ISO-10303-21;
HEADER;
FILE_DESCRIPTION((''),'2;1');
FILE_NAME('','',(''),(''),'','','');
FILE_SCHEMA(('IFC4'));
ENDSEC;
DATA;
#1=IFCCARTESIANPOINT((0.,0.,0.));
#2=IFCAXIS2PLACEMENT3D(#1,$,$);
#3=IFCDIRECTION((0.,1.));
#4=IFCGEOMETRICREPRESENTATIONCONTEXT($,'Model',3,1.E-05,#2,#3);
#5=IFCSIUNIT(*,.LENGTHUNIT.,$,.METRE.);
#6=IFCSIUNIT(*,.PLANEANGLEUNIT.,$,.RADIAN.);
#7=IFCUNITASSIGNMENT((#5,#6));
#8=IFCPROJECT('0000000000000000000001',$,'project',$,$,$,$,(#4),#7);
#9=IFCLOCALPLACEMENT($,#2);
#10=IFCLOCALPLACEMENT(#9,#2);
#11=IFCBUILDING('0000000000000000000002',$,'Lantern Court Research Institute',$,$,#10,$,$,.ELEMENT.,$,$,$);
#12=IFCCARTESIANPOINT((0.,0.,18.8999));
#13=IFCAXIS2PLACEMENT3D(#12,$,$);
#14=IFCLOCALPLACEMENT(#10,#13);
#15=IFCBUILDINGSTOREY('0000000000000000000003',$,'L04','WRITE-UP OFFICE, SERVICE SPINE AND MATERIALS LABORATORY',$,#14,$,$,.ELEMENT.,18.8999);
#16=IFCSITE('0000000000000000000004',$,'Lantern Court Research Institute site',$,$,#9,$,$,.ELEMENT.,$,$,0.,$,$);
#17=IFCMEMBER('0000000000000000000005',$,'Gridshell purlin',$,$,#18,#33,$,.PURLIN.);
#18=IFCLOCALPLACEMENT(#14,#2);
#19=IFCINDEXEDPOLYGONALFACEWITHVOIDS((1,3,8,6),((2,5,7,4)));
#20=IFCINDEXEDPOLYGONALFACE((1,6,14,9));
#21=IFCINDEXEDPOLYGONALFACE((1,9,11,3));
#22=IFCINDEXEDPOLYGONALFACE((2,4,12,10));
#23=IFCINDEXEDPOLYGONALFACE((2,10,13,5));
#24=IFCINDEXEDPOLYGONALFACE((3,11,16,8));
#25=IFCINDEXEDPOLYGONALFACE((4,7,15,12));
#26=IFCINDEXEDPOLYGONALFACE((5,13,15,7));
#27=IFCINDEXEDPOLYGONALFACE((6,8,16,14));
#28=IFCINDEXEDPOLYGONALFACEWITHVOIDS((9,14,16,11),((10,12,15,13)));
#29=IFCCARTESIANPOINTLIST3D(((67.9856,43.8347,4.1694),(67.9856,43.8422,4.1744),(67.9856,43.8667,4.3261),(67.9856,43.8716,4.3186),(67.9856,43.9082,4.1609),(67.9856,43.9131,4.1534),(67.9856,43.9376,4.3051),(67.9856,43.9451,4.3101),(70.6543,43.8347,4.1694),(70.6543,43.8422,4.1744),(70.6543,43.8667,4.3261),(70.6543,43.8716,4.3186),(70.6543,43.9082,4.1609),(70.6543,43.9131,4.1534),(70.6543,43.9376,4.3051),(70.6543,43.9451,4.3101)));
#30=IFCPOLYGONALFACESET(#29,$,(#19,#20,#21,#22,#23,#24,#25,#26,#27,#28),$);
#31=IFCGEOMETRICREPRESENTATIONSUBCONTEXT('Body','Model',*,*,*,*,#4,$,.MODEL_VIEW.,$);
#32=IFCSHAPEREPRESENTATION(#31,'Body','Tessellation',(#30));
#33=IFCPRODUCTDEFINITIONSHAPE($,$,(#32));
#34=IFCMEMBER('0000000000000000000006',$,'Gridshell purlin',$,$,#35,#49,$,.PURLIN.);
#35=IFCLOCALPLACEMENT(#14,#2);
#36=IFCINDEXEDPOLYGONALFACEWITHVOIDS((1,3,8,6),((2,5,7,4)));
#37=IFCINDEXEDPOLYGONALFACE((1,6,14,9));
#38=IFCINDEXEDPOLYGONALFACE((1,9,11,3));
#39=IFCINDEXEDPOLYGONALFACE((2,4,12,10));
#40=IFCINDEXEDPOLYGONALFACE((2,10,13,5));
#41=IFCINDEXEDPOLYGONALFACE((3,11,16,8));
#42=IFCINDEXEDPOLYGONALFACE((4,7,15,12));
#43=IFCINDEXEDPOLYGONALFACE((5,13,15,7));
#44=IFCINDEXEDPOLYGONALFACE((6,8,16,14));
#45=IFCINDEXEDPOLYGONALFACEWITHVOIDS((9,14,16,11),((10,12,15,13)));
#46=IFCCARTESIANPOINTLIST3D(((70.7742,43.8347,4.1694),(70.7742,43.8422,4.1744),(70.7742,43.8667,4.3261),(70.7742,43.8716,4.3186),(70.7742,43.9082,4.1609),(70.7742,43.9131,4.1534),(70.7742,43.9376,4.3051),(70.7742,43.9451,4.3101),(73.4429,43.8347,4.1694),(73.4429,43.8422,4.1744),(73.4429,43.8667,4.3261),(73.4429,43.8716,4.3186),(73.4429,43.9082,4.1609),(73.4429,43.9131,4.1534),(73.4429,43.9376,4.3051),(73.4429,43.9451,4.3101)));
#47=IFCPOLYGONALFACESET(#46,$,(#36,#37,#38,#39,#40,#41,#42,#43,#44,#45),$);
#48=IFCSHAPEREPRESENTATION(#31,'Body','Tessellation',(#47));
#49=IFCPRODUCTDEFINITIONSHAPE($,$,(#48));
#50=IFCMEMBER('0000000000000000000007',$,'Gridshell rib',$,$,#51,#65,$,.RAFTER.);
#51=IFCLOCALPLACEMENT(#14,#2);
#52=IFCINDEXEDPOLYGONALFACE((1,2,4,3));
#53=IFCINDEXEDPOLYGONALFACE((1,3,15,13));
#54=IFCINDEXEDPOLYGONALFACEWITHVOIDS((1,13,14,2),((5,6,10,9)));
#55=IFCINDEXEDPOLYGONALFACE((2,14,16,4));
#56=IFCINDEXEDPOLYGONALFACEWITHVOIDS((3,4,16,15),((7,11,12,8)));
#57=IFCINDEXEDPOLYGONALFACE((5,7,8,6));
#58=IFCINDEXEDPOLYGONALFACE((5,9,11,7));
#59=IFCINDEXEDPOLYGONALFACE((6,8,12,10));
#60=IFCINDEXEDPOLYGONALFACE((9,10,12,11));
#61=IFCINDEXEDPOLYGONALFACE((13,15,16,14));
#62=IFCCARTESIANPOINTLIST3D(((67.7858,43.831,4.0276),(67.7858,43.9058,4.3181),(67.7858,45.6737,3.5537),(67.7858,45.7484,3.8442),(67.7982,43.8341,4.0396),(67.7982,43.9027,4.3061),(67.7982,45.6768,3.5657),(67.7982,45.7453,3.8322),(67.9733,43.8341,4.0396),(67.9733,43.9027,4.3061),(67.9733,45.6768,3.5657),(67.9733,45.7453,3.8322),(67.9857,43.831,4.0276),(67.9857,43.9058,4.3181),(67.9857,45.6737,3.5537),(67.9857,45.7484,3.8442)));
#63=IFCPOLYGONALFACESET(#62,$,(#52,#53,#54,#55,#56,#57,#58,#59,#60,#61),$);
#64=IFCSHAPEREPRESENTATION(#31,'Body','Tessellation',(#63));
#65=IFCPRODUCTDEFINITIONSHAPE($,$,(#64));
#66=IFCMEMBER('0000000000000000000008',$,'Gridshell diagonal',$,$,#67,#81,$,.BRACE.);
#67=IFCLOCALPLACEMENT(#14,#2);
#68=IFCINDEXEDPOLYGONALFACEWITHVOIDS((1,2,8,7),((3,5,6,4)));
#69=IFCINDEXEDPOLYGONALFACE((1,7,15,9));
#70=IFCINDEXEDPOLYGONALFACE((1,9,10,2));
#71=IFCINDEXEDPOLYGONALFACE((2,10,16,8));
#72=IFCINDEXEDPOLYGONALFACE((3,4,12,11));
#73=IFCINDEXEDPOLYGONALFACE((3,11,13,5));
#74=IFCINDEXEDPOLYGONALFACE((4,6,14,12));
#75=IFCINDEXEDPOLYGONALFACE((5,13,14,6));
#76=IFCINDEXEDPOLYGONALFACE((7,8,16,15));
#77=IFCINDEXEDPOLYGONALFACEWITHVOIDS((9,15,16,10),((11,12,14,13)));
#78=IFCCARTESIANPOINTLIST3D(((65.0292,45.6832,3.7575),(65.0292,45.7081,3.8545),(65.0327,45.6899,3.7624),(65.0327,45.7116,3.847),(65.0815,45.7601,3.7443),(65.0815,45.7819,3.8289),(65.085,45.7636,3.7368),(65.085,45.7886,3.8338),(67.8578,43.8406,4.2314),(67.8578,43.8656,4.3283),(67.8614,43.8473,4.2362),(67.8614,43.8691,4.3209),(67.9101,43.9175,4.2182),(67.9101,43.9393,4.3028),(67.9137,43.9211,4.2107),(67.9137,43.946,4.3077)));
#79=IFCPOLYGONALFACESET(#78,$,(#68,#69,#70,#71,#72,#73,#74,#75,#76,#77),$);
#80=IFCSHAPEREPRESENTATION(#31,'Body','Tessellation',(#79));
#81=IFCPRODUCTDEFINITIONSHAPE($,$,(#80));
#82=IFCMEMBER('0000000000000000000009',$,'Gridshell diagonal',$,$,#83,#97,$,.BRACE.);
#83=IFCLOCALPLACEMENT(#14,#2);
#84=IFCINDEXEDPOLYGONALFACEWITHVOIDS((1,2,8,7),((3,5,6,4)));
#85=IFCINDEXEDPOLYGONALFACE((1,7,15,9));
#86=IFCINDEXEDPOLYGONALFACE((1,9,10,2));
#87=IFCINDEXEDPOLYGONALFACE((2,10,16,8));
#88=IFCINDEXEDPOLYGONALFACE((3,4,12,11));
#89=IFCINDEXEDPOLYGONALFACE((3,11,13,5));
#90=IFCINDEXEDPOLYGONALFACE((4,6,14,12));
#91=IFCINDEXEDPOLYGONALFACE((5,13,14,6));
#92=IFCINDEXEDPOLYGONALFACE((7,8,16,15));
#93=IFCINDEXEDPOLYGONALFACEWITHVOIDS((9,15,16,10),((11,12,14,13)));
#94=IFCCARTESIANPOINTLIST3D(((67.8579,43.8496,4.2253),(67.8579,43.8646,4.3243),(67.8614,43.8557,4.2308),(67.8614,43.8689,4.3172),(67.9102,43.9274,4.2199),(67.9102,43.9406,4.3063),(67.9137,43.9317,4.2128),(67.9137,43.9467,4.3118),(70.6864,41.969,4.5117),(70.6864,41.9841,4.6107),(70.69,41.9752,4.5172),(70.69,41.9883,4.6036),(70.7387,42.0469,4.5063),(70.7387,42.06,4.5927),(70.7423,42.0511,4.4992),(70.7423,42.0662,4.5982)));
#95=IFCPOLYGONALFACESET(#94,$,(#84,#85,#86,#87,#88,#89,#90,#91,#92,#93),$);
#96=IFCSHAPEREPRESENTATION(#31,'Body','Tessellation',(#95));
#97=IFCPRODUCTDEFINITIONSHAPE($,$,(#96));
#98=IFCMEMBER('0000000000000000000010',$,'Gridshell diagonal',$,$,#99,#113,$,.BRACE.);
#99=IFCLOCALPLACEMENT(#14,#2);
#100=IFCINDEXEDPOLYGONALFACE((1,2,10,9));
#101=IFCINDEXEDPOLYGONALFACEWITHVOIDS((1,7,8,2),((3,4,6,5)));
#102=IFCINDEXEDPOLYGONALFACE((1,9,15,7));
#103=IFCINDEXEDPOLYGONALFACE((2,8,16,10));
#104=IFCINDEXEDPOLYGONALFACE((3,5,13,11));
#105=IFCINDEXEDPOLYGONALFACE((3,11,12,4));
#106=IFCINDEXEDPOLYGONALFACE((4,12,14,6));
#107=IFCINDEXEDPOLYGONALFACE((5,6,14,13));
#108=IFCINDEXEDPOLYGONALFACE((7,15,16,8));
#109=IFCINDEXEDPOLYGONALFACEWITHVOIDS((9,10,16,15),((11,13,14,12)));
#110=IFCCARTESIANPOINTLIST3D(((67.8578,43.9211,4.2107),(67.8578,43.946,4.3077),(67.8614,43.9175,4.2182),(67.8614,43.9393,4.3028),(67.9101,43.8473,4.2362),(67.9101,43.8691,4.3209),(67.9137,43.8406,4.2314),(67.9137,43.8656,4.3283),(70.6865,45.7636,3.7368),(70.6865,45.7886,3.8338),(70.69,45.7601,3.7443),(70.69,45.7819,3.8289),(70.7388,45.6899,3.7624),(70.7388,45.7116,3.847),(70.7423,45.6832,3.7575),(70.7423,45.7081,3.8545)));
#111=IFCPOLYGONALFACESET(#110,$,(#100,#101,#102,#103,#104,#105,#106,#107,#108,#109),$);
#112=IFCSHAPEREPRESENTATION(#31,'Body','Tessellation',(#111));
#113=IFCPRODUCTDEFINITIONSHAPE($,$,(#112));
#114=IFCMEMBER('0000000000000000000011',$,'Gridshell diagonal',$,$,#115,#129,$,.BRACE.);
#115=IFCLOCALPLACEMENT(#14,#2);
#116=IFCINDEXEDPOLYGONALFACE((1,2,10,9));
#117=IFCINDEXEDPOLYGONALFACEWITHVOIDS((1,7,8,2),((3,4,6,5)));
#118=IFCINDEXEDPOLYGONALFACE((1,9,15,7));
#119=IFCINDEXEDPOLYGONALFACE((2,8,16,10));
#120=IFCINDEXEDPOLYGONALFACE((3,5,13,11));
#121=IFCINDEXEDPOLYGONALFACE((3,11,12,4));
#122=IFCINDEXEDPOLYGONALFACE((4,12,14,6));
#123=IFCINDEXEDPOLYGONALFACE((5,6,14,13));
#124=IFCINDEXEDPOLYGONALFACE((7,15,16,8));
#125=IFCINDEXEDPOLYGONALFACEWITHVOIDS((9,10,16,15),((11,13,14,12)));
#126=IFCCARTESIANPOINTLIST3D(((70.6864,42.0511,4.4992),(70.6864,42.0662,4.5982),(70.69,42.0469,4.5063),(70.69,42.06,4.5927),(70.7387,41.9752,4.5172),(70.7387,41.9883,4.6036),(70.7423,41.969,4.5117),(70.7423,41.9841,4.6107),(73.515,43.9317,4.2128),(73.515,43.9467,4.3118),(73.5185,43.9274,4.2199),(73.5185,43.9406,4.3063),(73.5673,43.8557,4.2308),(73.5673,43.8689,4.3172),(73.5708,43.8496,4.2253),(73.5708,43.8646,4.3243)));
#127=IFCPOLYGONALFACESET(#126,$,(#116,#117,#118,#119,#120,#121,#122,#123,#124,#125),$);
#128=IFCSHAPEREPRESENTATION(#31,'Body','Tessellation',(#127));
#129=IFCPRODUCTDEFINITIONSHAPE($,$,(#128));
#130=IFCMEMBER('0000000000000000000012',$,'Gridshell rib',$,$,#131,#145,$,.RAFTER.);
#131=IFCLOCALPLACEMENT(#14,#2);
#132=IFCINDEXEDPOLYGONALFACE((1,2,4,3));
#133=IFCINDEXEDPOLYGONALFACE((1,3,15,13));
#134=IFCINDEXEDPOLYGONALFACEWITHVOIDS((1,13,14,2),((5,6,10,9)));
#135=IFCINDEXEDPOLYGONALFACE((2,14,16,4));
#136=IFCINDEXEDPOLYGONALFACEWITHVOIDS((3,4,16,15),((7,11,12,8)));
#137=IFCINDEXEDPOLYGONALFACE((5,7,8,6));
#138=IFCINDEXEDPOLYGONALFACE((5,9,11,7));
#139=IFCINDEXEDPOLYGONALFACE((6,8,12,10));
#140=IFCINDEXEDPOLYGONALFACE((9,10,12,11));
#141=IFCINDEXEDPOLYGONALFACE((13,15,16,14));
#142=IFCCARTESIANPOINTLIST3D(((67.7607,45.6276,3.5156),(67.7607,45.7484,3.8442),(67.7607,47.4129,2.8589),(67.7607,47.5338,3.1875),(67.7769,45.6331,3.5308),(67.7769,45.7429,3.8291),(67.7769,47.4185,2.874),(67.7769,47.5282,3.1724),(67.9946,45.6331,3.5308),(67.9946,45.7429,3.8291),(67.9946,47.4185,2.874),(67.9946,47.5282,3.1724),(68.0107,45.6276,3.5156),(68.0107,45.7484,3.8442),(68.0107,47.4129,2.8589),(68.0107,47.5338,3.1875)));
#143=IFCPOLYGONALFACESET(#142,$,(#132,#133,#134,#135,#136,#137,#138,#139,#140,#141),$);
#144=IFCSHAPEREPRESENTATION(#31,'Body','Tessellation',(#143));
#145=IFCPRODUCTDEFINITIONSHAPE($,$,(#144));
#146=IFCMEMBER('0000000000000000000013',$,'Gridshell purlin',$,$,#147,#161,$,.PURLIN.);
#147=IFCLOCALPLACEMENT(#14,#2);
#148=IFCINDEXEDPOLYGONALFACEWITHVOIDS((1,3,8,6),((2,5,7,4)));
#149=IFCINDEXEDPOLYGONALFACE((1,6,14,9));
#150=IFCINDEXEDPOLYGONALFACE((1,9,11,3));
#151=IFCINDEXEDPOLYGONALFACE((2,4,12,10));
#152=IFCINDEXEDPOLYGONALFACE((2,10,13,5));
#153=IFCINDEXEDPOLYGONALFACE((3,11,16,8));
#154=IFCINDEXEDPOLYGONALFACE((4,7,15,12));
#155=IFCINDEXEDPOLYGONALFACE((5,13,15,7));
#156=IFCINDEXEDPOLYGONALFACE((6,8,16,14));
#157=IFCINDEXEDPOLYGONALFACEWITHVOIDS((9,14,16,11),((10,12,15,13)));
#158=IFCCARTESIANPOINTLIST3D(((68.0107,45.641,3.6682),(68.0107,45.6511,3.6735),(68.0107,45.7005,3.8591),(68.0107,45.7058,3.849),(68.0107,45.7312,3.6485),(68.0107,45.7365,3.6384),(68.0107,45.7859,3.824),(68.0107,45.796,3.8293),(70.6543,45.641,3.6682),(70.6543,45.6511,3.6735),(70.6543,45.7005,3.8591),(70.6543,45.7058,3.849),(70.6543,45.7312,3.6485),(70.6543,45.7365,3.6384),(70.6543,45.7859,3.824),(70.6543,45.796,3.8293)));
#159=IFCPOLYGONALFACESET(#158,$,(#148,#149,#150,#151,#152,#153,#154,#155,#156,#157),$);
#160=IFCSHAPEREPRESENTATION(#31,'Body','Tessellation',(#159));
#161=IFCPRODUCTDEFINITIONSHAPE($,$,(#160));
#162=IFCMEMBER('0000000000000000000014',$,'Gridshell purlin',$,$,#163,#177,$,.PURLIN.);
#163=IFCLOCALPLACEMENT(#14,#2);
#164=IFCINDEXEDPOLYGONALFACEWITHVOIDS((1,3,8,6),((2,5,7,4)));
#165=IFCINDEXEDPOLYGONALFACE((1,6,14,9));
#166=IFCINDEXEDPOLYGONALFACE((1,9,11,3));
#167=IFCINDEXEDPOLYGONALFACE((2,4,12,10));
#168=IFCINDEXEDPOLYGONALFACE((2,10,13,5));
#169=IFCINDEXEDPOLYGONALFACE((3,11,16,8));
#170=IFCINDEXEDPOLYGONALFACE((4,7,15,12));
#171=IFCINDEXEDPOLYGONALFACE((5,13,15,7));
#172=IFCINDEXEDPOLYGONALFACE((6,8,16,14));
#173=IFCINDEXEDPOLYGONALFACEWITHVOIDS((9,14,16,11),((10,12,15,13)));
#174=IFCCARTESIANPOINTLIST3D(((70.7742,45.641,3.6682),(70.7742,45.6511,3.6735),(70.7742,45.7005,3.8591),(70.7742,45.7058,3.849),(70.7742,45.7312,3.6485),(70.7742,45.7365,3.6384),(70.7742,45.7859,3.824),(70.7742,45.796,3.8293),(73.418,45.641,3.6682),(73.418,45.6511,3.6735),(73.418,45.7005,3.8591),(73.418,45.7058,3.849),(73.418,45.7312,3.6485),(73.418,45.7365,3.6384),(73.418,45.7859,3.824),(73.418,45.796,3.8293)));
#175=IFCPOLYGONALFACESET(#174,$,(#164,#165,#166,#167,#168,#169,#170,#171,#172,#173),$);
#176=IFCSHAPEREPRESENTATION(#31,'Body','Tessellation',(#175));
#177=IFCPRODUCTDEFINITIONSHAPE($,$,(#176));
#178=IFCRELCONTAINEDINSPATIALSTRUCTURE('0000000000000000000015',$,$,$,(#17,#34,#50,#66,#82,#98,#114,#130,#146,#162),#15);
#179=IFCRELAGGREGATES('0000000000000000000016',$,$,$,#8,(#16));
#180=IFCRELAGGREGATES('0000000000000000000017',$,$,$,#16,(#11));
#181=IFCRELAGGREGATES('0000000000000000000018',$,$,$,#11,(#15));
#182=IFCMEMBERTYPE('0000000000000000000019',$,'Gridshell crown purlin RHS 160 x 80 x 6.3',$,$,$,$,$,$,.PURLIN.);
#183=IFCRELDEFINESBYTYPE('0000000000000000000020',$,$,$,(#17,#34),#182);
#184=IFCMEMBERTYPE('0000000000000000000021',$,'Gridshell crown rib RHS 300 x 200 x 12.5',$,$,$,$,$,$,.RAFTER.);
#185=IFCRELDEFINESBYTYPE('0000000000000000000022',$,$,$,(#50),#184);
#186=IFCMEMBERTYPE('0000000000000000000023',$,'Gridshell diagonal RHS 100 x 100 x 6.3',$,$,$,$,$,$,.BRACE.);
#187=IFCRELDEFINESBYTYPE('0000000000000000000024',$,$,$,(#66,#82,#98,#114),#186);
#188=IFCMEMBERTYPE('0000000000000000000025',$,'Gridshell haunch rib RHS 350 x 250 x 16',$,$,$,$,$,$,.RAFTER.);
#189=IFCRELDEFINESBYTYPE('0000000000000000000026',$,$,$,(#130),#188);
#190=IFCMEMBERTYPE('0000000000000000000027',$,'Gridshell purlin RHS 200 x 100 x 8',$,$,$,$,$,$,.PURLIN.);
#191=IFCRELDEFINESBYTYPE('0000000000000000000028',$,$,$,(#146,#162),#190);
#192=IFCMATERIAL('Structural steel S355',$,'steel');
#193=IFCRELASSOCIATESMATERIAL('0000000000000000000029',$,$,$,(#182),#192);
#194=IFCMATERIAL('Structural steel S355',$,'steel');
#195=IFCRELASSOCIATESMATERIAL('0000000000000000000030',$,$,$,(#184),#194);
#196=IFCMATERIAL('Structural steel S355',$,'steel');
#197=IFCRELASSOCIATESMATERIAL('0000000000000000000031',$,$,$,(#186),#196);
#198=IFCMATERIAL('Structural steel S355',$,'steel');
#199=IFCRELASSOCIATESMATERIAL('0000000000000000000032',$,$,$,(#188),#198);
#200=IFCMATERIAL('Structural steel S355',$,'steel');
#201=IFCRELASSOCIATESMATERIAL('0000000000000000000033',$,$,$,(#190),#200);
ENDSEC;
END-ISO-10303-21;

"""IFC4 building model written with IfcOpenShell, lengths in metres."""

from ifc_helpers import new_model, si_unit, direction, frame, origin, origin_2d, place, context, subcontext, project, spatial, hollow_rectangle, extrude, material, material_profile, profile_set, type_object, element, save


model = new_model("IFC4")

# Units and contexts
model_context = context("Model", 3, precision=1e-05, world=origin(), true_north=direction((0.0, 1.0)))
body_context = subcontext(model_context, "Body", "Model", "MODEL_VIEW")
ifc_project = project(units=[si_unit("LENGTHUNIT", "METRE"), si_unit("PLANEANGLEUNIT", "RADIAN")], contexts=[model_context])

# Site, building, storey
site_placement = place(None, origin())
site = spatial("IfcSite", under=ifc_project, at=site_placement, Name="Lantern Court Research Institute site", CompositionType="ELEMENT", RefElevation=0.0)
building_placement = place(site_placement, origin())
building = spatial("IfcBuilding", under=site, at=building_placement, Name="Lantern Court Research Institute", CompositionType="ELEMENT")
storey_placement = place(building_placement, frame((0.0, 0.0, 18.8999)))
storey = spatial("IfcBuildingStorey", under=building, at=storey_placement, Name="L04", Description="WRITE-UP OFFICE, SERVICE SPINE AND MATERIALS LABORATORY", CompositionType="ELEMENT", Elevation=18.8999)

# Members
ifc_material_1 = material(Name="Structural steel S355", Category="steel")
ifc_material_profile_1 = material_profile(ifc_material_1, hollow_rectangle(XDim=0.0801, YDim=0.1599, WallThickness=0.0063, at=origin_2d()), Name="Gridshell crown purlin RHS 160 x 80 x 6.3")
ifc_profile_set_1 = profile_set([ifc_material_profile_1], Name="Structural steel S355")
member_type_1 = type_object("IfcMemberType", Name="Gridshell crown purlin RHS 160 x 80 x 6.3", PredefinedType="PURLIN", material=ifc_profile_set_1)
for number, where, z_axis, x_axis, name in (
    (1, (67.9856, 43.8899, 4.2397), (1.0, 0.0, 0.0), (0.0, 0.979787, -0.200043), "Gridshell purlin"),
    (2, (70.7742, 43.8899, 4.2397), (1.0, 0.0, 0.0), (0.0, 0.979787, -0.200043), "Gridshell purlin"),
):
    element("IfcMember", number, at=place(storey_placement, frame(where, z_axis=z_axis, x_axis=x_axis)), inside=storey, type_object=member_type_1, Name=name, PredefinedType="PURLIN", context=body_context, shape_type="SweptSolid", body=[
        extrude(hollow_rectangle(XDim=0.0801, YDim=0.1599, WallThickness=0.0063, at=origin_2d()), origin(), (0.0, 0.0, 1.0), 2.6687),
    ])
ifc_material_2 = material(Name="Structural steel S355", Category="steel")
ifc_material_profile_2 = material_profile(ifc_material_2, hollow_rectangle(XDim=0.2, YDim=0.3, WallThickness=0.0125, at=origin_2d()), Name="Gridshell crown rib RHS 300 x 200 x 12.5")
ifc_profile_set_2 = profile_set([ifc_material_profile_2], Name="Structural steel S355")
member_type_2 = type_object("IfcMemberType", Name="Gridshell crown rib RHS 300 x 200 x 12.5", PredefinedType="RAFTER", material=ifc_profile_set_2)
member_1_placement = place(storey_placement, frame((67.8857, 43.8684, 4.1729), z_axis=(0.0, 0.968482, -0.249082), x_axis=(-1.0, 0.0, 0.0)))
element("IfcMember", 3, at=member_1_placement, inside=storey, type_object=member_type_2, Name="Gridshell rib", PredefinedType="RAFTER", context=body_context, shape_type="SweptSolid", body=[
    extrude(hollow_rectangle(XDim=0.2, YDim=0.3, WallThickness=0.0125, at=origin_2d()), origin(), (0.0, 0.0, 1.0), 1.9026),
])
ifc_material_3 = material(Name="Structural steel S355", Category="steel")
ifc_material_profile_3 = material_profile(ifc_material_3, hollow_rectangle(XDim=0.1001, YDim=0.1001, WallThickness=0.0063, at=origin_2d()), Name="Gridshell diagonal RHS 100 x 100 x 6.3")
ifc_profile_set_3 = profile_set([ifc_material_profile_3], Name="Structural steel S355")
member_type_3 = type_object("IfcMemberType", Name="Gridshell diagonal RHS 100 x 100 x 6.3", PredefinedType="BRACE", material=ifc_profile_set_3)
member_2_placement = place(storey_placement, frame((67.8857, 43.8933, 4.2695), z_axis=(-0.829776, 0.540507, -0.139012), x_axis=(-0.558097, -0.803619, 0.206699)))
element("IfcMember", 4, at=member_2_placement, inside=storey, type_object=member_type_3, Name="Gridshell diagonal", PredefinedType="BRACE", context=body_context, shape_type="SweptSolid", body=[
    extrude(hollow_rectangle(XDim=0.1001, YDim=0.1001, WallThickness=0.0063, at=origin_2d()), origin(), (0.0, 0.0, 1.0), 3.4089),
])
member_3_placement = place(storey_placement, frame((70.7144, 42.0176, 4.5549), z_axis=(-0.829802, 0.551698, -0.084012), x_axis=(-0.558057, -0.820354, 0.124863)))
element("IfcMember", 5, at=member_3_placement, inside=storey, type_object=member_type_3, Name="Gridshell diagonal", PredefinedType="BRACE", context=body_context, shape_type="SweptSolid", body=[
    extrude(hollow_rectangle(XDim=0.1001, YDim=0.1001, WallThickness=0.0063, at=origin_2d()), origin(), (0.0, 0.0, 1.0), 3.4087),
])
member_4_placement = place(storey_placement, frame((67.8857, 43.8933, 4.2695), z_axis=(0.829776, 0.540507, -0.139012), x_axis=(-0.558097, 0.803619, -0.206699)))
element("IfcMember", 6, at=member_4_placement, inside=storey, type_object=member_type_3, Name="Gridshell diagonal", PredefinedType="BRACE", context=body_context, shape_type="SweptSolid", body=[
    extrude(hollow_rectangle(XDim=0.1001, YDim=0.1001, WallThickness=0.0063, at=origin_2d()), origin(), (0.0, 0.0, 1.0), 3.4089),
])
member_5_placement = place(storey_placement, frame((70.7144, 42.0176, 4.5549), z_axis=(0.829802, 0.551698, -0.084012), x_axis=(-0.558057, 0.820354, -0.124863)))
element("IfcMember", 7, at=member_5_placement, inside=storey, type_object=member_type_3, Name="Gridshell diagonal", PredefinedType="BRACE", context=body_context, shape_type="SweptSolid", body=[
    extrude(hollow_rectangle(XDim=0.1001, YDim=0.1001, WallThickness=0.0063, at=origin_2d()), origin(), (0.0, 0.0, 1.0), 3.4087),
])
ifc_material_4 = material(Name="Structural steel S355", Category="steel")
ifc_material_profile_4 = material_profile(ifc_material_4, hollow_rectangle(XDim=0.25, YDim=0.3501, WallThickness=0.0161, at=origin_2d()), Name="Gridshell haunch rib RHS 350 x 250 x 16")
ifc_profile_set_4 = profile_set([ifc_material_profile_4], Name="Structural steel S355")
member_type_4 = type_object("IfcMemberType", Name="Gridshell haunch rib RHS 350 x 250 x 16", PredefinedType="RAFTER", material=ifc_profile_set_4)
member_6_placement = place(storey_placement, frame((67.8857, 45.688, 3.6799), z_axis=(0.0, 0.93852, -0.345224), x_axis=(-1.0, 0.0, 0.0)))
element("IfcMember", 8, at=member_6_placement, inside=storey, type_object=member_type_4, Name="Gridshell rib", PredefinedType="RAFTER", context=body_context, shape_type="SweptSolid", body=[
    extrude(hollow_rectangle(XDim=0.25, YDim=0.3501, WallThickness=0.0161, at=origin_2d()), origin(), (0.0, 0.0, 1.0), 1.9023),
])
ifc_material_5 = material(Name="Structural steel S355", Category="steel")
ifc_material_profile_5 = material_profile(ifc_material_5, hollow_rectangle(XDim=0.1001, YDim=0.2, WallThickness=0.0081, at=origin_2d()), Name="Gridshell purlin RHS 200 x 100 x 8")
ifc_profile_set_5 = profile_set([ifc_material_profile_5], Name="Structural steel S355")
member_type_5 = type_object("IfcMemberType", Name="Gridshell purlin RHS 200 x 100 x 8", PredefinedType="PURLIN", material=ifc_profile_set_5)
member_7_placement = place(storey_placement, frame((68.0107, 45.7185, 3.7488), z_axis=(1.0, 0.0, 0.0), x_axis=(0.0, 0.954713, -0.297528)))
element("IfcMember", 9, at=member_7_placement, inside=storey, type_object=member_type_5, Name="Gridshell purlin", PredefinedType="PURLIN", context=body_context, shape_type="SweptSolid", body=[
    extrude(hollow_rectangle(XDim=0.1001, YDim=0.2, WallThickness=0.0081, at=origin_2d()), origin(), (0.0, 0.0, 1.0), 2.6436),
])
member_8_placement = place(storey_placement, frame((70.7742, 45.7185, 3.7488), z_axis=(1.0, 0.0, 0.0), x_axis=(0.0, 0.954713, -0.297528)))
element("IfcMember", 10, at=member_8_placement, inside=storey, type_object=member_type_5, Name="Gridshell purlin", PredefinedType="PURLIN", context=body_context, shape_type="SweptSolid", body=[
    extrude(hollow_rectangle(XDim=0.1001, YDim=0.2, WallThickness=0.0081, at=origin_2d()), origin(), (0.0, 0.0, 1.0), 2.6438),
])

save(model, "model.ifc")
